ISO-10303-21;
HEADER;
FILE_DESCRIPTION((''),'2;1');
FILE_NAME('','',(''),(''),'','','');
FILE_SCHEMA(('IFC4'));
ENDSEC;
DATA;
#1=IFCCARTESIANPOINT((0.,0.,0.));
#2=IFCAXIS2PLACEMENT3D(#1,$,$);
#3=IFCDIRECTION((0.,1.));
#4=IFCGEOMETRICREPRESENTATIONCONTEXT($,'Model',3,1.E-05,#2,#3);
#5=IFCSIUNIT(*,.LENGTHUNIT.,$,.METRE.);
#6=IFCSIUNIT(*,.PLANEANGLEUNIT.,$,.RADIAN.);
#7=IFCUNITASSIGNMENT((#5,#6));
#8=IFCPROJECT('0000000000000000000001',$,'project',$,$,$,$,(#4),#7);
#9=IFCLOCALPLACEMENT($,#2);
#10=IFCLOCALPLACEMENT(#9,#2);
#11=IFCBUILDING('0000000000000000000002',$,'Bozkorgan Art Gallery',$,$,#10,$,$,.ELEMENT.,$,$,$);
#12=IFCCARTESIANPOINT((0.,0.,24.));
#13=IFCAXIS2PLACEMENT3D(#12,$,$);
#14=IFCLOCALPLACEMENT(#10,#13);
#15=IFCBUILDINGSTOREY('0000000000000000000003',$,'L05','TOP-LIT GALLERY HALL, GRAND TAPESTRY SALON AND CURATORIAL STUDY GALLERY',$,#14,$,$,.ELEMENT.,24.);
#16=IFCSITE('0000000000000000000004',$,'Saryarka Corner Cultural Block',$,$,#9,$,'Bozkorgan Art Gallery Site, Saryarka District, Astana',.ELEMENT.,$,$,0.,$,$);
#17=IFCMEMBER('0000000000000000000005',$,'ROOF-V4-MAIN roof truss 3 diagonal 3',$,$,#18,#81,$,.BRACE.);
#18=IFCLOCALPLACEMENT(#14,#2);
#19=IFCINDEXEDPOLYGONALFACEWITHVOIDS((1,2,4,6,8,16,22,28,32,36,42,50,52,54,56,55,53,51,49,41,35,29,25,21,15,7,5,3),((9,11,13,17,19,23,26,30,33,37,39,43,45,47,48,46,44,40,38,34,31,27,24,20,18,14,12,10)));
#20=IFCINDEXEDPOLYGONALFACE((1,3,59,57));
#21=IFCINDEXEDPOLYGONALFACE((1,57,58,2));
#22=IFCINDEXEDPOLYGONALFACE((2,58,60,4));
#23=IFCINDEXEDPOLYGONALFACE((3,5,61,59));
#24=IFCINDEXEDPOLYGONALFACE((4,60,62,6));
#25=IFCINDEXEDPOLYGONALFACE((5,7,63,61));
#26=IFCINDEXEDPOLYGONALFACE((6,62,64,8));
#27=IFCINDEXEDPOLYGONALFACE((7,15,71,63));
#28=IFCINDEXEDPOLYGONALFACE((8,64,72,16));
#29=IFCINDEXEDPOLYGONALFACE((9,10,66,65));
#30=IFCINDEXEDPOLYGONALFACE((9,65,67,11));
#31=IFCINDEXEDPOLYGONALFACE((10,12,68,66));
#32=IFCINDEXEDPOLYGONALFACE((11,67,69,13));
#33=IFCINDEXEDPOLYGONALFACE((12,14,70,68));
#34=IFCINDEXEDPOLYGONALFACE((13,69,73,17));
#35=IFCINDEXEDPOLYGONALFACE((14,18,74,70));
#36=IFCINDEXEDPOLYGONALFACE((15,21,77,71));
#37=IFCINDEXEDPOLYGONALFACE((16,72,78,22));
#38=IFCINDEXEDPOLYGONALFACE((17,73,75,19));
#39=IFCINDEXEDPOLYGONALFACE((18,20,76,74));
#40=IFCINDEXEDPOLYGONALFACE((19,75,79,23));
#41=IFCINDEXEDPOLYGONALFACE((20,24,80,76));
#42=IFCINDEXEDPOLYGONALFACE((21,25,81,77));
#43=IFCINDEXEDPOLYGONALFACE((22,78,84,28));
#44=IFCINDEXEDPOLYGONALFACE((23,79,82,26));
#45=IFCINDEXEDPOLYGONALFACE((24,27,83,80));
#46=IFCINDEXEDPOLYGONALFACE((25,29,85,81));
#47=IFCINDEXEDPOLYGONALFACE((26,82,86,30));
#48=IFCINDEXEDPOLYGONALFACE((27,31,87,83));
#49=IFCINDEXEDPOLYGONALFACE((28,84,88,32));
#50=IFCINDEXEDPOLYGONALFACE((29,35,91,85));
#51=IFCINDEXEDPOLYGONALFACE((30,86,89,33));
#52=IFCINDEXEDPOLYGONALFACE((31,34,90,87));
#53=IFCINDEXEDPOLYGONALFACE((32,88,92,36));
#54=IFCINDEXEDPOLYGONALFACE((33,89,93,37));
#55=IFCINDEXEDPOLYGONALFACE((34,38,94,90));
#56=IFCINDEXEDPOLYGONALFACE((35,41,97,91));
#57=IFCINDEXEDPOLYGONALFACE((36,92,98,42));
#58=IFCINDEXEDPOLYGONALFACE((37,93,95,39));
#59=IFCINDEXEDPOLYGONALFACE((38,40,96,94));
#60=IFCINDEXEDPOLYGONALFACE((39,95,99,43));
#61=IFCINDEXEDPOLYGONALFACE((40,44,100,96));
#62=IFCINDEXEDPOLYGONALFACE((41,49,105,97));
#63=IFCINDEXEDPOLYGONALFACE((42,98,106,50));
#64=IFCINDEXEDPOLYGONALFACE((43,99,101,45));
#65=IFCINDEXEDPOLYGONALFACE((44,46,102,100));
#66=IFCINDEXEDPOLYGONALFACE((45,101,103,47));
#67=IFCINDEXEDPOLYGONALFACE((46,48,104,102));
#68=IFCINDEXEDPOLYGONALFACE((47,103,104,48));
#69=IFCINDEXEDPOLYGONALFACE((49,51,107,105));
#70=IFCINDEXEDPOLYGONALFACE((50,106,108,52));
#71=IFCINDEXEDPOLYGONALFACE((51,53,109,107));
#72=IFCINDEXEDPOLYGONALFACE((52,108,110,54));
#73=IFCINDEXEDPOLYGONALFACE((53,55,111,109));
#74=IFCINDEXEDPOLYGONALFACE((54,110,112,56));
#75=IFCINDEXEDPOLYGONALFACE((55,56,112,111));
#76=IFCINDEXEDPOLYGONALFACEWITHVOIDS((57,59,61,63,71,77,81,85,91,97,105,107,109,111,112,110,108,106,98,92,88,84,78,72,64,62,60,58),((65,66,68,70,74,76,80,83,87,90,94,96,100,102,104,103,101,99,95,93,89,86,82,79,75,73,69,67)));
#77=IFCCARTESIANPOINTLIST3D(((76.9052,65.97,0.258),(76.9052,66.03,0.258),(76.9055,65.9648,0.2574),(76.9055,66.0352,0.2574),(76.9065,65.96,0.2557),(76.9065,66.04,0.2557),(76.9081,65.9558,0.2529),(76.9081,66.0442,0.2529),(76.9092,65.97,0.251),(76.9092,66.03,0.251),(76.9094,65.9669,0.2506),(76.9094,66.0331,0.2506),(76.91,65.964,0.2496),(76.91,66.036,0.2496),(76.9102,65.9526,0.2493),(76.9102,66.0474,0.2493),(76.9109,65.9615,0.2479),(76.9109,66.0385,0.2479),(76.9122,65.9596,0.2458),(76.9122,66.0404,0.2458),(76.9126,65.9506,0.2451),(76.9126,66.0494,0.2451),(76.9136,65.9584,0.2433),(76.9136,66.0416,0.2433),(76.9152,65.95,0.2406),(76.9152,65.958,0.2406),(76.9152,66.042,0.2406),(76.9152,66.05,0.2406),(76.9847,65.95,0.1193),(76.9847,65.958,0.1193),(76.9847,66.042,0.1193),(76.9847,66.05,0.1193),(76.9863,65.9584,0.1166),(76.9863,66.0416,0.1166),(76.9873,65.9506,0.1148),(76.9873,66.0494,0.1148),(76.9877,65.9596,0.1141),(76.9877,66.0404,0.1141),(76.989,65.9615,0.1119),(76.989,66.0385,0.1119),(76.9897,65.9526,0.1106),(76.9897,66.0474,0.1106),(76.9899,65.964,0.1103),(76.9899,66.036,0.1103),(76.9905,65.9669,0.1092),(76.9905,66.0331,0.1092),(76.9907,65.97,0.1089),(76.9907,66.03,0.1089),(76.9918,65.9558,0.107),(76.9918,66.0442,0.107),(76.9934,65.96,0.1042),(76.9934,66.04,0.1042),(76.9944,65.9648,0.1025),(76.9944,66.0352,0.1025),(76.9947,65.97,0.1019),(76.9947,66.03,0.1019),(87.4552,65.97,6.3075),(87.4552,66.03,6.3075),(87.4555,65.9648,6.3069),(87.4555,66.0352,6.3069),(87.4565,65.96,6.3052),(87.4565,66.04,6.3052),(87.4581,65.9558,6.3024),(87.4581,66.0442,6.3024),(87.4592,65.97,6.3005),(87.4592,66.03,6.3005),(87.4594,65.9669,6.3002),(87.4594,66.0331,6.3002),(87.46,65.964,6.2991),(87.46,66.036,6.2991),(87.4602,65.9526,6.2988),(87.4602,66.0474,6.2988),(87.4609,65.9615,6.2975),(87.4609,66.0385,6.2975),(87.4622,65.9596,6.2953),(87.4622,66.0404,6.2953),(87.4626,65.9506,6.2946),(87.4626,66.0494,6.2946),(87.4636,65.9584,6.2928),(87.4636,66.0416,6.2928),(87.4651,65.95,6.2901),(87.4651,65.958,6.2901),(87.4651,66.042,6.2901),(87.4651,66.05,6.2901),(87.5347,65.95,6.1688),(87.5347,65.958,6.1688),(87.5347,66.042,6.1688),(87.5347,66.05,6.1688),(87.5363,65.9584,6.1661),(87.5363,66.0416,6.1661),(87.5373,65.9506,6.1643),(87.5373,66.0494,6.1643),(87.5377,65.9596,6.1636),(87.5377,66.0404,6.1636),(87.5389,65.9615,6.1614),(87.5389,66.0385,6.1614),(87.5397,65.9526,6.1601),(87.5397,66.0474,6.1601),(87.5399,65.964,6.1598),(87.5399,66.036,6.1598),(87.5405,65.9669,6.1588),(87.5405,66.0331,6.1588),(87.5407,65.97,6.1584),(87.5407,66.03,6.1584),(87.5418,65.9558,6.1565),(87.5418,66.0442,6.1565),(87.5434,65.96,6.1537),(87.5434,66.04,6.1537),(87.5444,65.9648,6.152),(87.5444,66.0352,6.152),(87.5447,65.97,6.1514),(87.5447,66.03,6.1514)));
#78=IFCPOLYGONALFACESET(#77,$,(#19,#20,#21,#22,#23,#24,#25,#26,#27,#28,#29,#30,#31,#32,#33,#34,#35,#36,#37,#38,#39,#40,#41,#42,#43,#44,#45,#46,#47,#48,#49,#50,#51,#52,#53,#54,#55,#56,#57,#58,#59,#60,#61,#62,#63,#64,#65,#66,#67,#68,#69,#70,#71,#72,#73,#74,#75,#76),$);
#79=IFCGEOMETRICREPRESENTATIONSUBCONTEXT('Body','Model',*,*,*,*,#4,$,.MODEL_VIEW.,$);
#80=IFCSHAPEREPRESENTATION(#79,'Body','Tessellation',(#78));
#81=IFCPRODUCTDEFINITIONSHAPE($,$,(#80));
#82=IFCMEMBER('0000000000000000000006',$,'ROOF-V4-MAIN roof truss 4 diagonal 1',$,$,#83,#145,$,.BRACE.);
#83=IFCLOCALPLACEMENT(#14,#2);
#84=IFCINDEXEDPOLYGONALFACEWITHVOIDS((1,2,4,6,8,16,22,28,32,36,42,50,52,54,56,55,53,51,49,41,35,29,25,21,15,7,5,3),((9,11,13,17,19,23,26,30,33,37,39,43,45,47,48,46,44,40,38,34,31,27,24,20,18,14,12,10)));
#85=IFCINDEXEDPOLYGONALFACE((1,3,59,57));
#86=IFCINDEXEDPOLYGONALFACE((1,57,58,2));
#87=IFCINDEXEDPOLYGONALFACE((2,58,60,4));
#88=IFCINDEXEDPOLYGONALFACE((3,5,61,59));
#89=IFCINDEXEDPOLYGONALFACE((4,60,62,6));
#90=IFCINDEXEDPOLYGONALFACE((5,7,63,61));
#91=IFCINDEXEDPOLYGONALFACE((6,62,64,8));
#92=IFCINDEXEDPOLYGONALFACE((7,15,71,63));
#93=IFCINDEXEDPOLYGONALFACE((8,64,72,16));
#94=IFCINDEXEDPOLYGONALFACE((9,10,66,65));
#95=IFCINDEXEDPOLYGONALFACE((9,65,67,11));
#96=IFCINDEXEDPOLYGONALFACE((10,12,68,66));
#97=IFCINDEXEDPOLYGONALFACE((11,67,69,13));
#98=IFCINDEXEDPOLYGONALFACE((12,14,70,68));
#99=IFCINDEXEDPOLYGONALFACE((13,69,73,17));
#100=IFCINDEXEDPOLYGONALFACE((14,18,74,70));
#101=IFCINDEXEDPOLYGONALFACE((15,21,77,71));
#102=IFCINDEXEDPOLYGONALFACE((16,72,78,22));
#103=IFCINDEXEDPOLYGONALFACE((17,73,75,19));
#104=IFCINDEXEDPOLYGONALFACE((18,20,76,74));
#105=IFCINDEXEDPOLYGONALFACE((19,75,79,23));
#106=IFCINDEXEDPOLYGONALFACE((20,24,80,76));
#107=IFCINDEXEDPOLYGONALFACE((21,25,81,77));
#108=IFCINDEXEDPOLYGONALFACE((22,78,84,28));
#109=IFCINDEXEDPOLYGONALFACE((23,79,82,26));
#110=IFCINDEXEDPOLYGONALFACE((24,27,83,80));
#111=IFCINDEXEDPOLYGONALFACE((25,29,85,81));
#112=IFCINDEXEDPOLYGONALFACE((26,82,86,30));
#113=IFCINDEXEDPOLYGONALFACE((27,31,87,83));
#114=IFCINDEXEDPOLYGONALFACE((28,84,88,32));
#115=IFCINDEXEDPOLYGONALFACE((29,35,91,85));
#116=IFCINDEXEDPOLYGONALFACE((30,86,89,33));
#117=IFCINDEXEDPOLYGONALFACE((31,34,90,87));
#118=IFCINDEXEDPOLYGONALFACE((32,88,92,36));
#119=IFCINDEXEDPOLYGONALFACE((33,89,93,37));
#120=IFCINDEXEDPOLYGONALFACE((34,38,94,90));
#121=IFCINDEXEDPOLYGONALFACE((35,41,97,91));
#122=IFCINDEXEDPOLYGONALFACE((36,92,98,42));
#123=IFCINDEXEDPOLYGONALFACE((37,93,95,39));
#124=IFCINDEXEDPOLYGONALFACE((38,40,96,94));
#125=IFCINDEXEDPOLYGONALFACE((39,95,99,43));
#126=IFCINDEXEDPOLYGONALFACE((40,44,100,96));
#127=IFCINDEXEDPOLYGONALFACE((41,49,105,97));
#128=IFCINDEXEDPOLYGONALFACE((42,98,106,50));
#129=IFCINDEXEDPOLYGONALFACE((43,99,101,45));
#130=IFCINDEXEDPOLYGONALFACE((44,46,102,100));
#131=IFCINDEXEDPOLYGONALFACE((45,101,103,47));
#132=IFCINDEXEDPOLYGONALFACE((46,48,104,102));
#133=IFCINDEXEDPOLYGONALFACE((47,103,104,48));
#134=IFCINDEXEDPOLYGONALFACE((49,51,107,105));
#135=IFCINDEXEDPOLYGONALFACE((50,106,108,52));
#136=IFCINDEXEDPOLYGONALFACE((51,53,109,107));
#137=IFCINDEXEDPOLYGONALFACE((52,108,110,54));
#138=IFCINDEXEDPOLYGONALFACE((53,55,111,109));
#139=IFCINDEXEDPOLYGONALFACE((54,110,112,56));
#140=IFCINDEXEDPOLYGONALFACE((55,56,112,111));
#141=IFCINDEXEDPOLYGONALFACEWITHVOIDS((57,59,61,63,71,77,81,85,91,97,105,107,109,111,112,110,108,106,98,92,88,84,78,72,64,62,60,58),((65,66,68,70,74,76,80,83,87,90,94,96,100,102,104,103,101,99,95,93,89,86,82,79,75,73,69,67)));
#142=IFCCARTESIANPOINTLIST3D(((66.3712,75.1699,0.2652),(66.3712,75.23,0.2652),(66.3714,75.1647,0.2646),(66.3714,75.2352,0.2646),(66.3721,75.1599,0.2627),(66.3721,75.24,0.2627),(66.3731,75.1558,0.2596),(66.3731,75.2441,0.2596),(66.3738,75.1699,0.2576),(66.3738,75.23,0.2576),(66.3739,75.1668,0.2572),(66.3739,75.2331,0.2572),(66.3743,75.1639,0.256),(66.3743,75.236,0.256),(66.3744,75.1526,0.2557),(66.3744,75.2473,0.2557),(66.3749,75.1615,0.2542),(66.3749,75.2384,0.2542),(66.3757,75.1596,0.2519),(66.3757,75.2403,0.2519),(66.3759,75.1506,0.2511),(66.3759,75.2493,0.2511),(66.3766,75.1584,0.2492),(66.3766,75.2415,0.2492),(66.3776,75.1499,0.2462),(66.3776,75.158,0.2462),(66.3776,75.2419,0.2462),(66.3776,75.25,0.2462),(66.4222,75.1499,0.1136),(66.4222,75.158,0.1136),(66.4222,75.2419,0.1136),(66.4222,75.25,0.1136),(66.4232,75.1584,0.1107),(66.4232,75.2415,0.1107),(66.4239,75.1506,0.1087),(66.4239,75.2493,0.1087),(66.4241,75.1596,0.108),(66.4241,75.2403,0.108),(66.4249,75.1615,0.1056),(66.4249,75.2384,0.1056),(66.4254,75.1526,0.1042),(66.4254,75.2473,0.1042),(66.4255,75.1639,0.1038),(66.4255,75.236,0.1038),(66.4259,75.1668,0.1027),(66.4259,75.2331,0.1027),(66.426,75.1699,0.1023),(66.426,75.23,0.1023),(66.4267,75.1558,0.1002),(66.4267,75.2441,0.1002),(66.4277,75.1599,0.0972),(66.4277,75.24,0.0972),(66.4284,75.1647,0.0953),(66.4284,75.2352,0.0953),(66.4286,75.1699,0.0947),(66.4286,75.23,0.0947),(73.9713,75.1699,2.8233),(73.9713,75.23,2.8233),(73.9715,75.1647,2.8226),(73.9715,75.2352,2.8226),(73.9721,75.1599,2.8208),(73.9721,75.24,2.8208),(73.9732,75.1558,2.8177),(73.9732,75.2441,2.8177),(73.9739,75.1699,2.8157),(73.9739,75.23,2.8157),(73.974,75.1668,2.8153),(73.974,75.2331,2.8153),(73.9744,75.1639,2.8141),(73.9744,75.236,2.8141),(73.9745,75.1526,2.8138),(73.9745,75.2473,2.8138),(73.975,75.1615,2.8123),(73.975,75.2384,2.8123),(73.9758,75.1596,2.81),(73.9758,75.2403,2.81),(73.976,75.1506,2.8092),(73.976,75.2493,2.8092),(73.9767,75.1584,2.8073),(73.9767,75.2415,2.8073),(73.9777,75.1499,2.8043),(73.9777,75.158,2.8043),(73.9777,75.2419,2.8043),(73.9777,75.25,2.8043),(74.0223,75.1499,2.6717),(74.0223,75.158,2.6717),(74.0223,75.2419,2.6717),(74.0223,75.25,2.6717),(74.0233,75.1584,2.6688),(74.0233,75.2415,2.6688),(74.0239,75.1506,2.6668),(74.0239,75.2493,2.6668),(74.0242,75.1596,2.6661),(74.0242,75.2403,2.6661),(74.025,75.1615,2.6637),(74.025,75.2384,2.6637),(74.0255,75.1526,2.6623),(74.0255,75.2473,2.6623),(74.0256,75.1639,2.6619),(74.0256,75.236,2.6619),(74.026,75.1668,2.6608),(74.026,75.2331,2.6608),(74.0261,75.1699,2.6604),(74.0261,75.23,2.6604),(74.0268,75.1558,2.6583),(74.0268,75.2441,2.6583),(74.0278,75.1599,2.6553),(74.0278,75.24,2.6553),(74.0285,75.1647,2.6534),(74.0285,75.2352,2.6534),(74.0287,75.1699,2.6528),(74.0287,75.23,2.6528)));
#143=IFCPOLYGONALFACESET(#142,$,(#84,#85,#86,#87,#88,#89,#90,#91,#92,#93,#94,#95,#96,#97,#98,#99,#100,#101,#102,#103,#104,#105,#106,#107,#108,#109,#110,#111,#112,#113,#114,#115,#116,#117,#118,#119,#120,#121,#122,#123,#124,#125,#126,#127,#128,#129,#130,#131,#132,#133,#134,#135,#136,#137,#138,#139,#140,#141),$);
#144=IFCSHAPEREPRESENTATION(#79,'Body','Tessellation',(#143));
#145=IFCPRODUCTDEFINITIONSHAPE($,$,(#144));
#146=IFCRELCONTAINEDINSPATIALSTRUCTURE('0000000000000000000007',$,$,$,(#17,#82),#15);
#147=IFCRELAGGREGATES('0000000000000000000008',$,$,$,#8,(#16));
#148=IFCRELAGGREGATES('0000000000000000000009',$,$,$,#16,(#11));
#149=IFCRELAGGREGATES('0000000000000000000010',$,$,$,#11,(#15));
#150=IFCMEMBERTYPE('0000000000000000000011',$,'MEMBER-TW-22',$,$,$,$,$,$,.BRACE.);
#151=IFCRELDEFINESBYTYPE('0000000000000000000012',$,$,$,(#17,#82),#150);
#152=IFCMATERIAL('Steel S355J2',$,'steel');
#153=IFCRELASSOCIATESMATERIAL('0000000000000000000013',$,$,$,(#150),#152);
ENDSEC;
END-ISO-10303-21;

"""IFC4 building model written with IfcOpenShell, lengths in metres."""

from ifc_helpers import new_model, si_unit, direction, frame, origin, origin_2d, place, context, subcontext, project, spatial, hollow_rectangle, extrude, material, material_profile, profile_set, type_object, element, save


model = new_model("IFC4")

# Units and contexts
model_context = context("Model", 3, precision=1e-05, world=origin(), true_north=direction((0.0, 1.0)))
body_context = subcontext(model_context, "Body", "Model", "MODEL_VIEW")
ifc_project = project(units=[si_unit("LENGTHUNIT", "METRE"), si_unit("PLANEANGLEUNIT", "RADIAN")], contexts=[model_context])

# Site, building, storey
site_placement = place(None, origin())
site = spatial("IfcSite", under=ifc_project, at=site_placement, Name="Saryarka Corner Cultural Block", LongName="Bozkorgan Art Gallery Site, Saryarka District, Astana", CompositionType="ELEMENT", RefElevation=0.0)
building_placement = place(site_placement, origin())
building = spatial("IfcBuilding", under=site, at=building_placement, Name="Bozkorgan Art Gallery", CompositionType="ELEMENT")
storey_placement = place(building_placement, frame((0.0, 0.0, 24.0)))
storey = spatial("IfcBuildingStorey", under=building, at=storey_placement, Name="L05", Description="TOP-LIT GALLERY HALL, GRAND TAPESTRY SALON AND CURATORIAL STUDY GALLERY", CompositionType="ELEMENT", Elevation=24.0)

# Shared definitions
ifc_material_1 = material(Name="Steel S355J2", Category="steel")

# Members
ifc_material_profile_1 = material_profile(ifc_material_1, hollow_rectangle(XDim=0.1001, YDim=0.1799, WallThickness=0.0081, InnerFilletRadius=0.012, OuterFilletRadius=0.02, at=origin_2d()), Name="RHS 180x100x8")
ifc_profile_set_1 = profile_set([ifc_material_profile_1], Name="Steel S355J2")
member_type_1 = type_object("IfcMemberType", Name="MEMBER-TW-22", PredefinedType="BRACE", material=ifc_profile_set_1)
member_1_placement = place(storey_placement, frame((76.95, 66.0, 0.1799), z_axis=(0.8675, 0.0, 0.497438), x_axis=(0.0, 1.0, 0.0)))
element("IfcMember", 1, at=member_1_placement, inside=storey, type_object=member_type_1, Name="ROOF-V4-MAIN roof truss 3 diagonal 3", PredefinedType="BRACE", context=body_context, shape_type="SweptSolid", body=[
    extrude(hollow_rectangle(XDim=0.1001, YDim=0.1799, WallThickness=0.0081, InnerFilletRadius=0.012, OuterFilletRadius=0.02, at=origin_2d()), origin(), (0.0, 0.0, 1.0), 12.1614),
])
member_2_placement = place(storey_placement, frame((66.3999, 75.2, 0.1799), z_axis=(0.947754, 0.0, 0.319003), x_axis=(0.0, 1.0, 0.0)))
element("IfcMember", 2, at=member_2_placement, inside=storey, type_object=member_type_1, Name="ROOF-V4-MAIN roof truss 4 diagonal 1", PredefinedType="BRACE", context=body_context, shape_type="SweptSolid", body=[
    extrude(hollow_rectangle(XDim=0.1001, YDim=0.1799, WallThickness=0.0081, InnerFilletRadius=0.012, OuterFilletRadius=0.02, at=origin_2d()), origin(), (0.0, 0.0, 1.0), 8.019),
])

save(model, "model.ifc")
